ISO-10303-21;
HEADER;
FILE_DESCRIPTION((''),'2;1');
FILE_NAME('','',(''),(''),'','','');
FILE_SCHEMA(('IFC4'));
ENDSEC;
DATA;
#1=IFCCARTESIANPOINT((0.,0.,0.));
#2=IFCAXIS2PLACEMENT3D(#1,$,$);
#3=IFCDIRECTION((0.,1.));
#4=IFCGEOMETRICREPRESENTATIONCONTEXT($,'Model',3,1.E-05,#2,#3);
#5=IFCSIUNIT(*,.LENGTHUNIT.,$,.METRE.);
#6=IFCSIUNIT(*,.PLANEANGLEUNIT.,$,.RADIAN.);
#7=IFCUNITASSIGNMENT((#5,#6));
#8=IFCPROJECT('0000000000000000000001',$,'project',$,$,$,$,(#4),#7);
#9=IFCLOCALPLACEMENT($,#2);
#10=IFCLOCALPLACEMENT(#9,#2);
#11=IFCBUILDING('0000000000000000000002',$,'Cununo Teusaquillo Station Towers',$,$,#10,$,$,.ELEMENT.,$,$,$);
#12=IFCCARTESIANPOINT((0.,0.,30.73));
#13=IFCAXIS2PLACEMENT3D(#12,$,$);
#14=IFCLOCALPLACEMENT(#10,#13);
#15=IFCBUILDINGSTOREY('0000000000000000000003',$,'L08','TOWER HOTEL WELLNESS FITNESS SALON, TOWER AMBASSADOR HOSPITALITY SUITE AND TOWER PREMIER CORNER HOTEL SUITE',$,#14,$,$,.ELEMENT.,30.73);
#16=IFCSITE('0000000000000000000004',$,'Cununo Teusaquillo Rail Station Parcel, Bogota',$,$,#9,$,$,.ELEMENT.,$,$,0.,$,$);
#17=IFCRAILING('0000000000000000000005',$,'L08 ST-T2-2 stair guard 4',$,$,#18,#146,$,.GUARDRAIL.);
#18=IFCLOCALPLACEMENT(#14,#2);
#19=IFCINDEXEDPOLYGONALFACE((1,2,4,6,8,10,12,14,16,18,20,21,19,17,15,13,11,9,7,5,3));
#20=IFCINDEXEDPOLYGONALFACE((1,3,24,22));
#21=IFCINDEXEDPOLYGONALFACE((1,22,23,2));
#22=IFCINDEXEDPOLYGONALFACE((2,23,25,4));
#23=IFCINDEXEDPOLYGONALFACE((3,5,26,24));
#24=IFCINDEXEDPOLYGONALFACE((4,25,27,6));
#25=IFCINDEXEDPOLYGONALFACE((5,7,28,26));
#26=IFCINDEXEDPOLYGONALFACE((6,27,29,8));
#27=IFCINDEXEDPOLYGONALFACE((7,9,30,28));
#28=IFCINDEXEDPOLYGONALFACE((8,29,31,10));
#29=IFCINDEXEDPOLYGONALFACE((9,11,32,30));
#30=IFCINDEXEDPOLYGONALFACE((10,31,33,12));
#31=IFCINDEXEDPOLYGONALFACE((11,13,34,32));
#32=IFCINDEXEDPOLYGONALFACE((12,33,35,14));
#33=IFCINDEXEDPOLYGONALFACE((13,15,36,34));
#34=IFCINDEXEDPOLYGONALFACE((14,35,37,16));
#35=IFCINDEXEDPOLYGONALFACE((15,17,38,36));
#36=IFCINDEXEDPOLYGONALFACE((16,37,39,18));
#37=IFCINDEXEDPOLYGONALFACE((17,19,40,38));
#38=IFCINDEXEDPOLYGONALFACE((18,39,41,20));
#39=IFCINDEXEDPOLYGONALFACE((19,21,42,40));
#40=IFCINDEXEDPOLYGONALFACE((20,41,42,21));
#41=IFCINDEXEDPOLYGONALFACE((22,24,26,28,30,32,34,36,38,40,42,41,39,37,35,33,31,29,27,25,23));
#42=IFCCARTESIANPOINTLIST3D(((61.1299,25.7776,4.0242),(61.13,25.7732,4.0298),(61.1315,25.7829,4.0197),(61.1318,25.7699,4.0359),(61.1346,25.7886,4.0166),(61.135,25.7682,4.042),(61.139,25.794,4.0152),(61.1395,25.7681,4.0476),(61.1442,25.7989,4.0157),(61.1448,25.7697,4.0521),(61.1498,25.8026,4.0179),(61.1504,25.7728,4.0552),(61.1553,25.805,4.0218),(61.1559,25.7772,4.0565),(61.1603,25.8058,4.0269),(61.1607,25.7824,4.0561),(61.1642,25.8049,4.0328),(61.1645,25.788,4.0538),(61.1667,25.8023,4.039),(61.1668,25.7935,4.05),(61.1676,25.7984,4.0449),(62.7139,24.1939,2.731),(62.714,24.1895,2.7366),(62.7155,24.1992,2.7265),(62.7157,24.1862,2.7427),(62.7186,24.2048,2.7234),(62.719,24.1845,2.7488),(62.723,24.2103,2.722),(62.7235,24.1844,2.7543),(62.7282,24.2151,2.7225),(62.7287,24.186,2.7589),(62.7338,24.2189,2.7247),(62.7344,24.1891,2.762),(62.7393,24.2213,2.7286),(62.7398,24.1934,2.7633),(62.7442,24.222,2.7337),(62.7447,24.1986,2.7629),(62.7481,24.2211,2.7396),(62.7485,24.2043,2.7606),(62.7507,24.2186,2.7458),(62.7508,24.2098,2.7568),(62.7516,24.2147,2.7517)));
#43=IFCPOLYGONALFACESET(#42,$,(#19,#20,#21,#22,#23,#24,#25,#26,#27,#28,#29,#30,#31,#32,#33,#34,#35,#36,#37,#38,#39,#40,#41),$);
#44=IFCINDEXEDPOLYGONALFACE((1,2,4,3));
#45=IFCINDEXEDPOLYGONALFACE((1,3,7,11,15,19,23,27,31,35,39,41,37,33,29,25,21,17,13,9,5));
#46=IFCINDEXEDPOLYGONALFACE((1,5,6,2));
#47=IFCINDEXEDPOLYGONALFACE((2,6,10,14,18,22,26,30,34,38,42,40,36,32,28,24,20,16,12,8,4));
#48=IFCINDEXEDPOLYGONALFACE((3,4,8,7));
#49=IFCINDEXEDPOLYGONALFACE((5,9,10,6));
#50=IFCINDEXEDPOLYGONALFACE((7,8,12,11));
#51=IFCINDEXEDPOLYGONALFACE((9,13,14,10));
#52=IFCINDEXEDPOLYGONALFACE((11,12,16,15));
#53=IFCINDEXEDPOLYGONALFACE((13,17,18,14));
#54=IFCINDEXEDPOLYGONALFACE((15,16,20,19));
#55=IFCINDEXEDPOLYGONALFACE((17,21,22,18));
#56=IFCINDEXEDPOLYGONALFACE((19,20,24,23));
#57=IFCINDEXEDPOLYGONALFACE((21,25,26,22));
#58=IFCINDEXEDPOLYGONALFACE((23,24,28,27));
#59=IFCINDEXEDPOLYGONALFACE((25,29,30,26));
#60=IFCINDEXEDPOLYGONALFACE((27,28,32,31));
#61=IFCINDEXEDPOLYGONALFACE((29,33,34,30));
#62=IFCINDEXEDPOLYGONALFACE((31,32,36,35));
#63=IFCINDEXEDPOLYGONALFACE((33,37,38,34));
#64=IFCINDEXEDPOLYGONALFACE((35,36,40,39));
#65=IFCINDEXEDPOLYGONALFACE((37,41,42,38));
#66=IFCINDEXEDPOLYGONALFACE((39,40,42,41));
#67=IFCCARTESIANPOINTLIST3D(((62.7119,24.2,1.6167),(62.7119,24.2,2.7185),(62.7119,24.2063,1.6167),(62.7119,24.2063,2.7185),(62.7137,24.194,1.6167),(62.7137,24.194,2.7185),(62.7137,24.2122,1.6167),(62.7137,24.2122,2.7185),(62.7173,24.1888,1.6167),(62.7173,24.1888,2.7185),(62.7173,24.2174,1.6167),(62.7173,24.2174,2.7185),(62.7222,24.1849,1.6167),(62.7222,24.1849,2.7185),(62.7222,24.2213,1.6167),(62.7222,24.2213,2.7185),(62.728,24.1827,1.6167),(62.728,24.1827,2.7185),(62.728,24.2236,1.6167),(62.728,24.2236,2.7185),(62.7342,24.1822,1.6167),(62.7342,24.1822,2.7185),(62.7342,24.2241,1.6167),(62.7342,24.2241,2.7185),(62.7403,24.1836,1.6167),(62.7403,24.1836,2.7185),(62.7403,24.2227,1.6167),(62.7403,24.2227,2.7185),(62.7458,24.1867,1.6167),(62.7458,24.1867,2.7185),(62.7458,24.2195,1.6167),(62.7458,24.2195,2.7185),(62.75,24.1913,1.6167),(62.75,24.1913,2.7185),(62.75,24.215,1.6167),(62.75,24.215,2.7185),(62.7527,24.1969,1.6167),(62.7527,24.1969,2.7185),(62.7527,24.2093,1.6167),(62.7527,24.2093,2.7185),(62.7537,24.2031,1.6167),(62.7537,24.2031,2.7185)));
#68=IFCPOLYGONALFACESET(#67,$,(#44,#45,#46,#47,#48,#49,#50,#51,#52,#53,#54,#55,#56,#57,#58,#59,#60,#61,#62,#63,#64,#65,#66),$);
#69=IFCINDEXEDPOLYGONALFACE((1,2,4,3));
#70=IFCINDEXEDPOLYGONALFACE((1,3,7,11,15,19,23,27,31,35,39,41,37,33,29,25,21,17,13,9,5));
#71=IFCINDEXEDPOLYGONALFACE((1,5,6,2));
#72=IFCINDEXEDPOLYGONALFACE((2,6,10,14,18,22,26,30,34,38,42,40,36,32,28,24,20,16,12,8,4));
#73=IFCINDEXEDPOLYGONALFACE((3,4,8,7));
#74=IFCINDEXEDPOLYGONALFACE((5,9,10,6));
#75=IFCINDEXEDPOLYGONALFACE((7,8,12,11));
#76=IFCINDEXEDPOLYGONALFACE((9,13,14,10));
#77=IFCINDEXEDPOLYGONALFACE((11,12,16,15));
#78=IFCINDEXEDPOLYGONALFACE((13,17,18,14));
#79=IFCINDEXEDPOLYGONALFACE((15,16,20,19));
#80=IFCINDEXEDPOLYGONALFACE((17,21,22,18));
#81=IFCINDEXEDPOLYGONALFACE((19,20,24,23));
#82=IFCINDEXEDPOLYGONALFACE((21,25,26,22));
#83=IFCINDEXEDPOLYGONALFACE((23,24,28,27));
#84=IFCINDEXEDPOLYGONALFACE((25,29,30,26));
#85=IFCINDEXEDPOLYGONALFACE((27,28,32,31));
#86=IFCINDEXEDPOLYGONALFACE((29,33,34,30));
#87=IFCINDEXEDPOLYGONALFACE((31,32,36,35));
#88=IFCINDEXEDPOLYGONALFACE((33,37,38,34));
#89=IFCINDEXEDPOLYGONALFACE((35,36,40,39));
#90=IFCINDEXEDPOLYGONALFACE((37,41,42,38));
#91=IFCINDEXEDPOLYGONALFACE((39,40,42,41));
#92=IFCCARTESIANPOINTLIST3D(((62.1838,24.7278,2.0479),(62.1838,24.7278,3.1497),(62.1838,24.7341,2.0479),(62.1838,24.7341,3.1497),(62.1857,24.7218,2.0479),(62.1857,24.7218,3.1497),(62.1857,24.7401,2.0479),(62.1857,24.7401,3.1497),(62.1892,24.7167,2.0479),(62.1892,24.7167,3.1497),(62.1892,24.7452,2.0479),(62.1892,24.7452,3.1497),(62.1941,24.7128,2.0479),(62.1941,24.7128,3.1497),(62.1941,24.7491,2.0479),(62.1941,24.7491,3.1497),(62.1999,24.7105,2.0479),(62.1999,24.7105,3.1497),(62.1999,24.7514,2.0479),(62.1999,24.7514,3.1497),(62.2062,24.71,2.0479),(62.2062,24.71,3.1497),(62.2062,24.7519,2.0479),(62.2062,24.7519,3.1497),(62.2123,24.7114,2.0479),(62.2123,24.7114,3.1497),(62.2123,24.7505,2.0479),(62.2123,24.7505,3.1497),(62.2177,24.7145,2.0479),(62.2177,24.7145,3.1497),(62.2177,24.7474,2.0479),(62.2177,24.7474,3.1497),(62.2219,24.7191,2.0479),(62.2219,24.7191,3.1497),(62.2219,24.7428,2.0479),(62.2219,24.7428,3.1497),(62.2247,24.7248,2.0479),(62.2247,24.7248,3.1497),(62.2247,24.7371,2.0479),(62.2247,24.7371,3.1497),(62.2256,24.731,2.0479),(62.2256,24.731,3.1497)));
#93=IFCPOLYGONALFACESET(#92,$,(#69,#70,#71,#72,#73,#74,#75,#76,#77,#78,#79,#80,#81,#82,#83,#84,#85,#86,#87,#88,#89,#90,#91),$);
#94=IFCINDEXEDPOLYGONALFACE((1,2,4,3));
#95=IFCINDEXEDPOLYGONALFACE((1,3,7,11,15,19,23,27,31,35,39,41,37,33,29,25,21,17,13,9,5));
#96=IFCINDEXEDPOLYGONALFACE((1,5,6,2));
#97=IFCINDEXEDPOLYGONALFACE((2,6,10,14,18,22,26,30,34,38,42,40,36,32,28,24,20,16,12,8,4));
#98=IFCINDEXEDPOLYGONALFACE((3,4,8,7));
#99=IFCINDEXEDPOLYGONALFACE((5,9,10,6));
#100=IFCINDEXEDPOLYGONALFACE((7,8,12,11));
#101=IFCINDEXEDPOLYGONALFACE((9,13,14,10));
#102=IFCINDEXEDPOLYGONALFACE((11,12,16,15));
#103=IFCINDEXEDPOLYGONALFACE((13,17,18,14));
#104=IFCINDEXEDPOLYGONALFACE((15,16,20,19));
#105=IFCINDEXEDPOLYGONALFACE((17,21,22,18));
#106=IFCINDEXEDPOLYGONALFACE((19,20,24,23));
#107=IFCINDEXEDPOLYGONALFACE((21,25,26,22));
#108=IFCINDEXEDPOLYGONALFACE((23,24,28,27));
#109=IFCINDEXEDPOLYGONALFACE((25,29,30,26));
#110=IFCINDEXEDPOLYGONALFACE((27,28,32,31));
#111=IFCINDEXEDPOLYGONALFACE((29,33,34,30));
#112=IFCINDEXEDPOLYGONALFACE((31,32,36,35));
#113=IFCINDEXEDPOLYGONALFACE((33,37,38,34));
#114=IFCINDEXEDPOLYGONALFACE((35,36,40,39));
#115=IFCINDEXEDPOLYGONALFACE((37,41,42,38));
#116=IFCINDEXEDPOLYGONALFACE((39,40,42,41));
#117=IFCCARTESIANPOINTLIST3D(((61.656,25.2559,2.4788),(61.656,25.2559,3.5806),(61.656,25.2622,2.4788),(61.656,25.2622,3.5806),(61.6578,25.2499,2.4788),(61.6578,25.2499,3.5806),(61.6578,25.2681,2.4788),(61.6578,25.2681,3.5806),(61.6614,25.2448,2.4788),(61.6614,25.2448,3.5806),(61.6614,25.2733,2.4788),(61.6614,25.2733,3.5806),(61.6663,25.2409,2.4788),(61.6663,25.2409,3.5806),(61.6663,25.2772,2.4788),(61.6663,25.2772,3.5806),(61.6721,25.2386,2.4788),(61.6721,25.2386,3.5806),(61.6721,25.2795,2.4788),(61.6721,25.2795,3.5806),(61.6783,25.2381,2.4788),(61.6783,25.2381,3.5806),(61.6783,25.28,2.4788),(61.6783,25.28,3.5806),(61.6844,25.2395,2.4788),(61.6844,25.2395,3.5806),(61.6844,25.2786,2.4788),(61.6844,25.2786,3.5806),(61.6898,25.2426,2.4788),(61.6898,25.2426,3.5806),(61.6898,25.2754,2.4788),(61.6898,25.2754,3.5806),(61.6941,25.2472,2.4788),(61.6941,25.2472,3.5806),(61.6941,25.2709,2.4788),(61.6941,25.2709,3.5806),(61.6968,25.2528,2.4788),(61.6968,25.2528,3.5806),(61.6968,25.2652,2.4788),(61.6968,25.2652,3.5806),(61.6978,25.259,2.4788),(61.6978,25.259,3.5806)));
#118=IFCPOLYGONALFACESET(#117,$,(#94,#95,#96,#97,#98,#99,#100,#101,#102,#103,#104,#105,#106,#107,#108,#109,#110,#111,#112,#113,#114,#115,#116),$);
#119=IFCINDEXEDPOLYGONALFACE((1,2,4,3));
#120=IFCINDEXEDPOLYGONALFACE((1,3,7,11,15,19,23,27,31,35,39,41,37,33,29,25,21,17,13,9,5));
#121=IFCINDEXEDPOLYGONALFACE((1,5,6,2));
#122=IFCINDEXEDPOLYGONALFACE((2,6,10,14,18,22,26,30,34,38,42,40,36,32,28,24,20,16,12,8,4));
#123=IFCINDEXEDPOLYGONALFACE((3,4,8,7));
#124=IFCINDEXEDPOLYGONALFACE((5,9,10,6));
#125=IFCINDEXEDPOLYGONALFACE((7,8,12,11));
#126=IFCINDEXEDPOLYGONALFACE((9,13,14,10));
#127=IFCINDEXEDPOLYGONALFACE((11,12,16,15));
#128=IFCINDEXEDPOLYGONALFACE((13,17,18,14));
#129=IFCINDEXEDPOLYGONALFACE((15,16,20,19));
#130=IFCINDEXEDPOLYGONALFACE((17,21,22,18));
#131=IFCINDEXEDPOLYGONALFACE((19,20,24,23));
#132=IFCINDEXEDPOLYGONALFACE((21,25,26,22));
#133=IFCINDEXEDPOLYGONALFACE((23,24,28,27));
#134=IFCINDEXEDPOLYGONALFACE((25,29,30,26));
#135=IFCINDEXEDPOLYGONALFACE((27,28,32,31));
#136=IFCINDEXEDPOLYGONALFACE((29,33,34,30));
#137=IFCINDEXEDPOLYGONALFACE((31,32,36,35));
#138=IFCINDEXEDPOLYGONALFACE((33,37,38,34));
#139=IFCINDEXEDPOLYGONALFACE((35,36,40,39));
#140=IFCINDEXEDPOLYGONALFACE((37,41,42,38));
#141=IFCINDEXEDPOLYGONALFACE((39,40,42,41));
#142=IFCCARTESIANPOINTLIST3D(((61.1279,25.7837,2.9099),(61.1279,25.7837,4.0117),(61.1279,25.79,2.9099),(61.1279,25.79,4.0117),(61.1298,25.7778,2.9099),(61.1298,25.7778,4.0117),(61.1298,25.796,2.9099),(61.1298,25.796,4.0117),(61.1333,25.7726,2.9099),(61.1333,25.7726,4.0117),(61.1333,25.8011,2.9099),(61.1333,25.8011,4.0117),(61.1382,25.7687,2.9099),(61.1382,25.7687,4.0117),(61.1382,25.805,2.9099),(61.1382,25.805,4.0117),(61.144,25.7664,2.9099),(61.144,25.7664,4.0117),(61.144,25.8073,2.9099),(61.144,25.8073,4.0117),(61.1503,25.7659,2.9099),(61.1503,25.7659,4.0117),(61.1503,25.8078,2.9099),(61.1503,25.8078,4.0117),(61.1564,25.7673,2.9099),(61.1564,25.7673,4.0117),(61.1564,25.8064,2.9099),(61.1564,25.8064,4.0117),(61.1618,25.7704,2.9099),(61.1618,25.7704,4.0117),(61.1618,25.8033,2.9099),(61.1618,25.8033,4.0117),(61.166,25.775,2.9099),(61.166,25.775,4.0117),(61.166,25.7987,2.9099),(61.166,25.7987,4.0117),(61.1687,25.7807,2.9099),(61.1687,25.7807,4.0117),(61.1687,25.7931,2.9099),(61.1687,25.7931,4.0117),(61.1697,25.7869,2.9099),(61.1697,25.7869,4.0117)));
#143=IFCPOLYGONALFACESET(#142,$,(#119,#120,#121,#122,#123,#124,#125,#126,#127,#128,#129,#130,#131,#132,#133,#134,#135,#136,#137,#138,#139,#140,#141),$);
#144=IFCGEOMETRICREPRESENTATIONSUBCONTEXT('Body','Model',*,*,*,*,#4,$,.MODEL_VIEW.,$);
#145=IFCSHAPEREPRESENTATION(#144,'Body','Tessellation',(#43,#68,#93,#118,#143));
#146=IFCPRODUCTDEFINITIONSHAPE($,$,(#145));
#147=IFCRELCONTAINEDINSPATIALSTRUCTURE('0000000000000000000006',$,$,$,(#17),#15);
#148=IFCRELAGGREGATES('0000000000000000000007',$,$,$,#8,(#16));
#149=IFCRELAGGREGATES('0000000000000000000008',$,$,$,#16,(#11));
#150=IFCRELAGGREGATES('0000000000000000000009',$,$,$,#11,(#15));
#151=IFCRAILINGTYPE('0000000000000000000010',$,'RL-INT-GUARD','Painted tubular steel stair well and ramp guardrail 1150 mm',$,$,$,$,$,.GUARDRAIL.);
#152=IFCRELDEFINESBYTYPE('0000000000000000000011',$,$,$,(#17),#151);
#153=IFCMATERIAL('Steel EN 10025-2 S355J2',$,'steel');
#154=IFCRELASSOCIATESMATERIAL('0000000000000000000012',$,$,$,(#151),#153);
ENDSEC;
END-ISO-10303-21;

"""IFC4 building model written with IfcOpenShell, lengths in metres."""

from ifc_helpers import new_model, si_unit, direction, frame, origin, origin_2d, place, context, subcontext, project, spatial, circle, extrude, material, type_object, element, save


model = new_model("IFC4")

# Units and contexts
model_context = context("Model", 3, precision=1e-05, world=origin(), true_north=direction((0.0, 1.0)))
body_context = subcontext(model_context, "Body", "Model", "MODEL_VIEW")
ifc_project = project(units=[si_unit("LENGTHUNIT", "METRE"), si_unit("PLANEANGLEUNIT", "RADIAN")], contexts=[model_context])

# Site, building, storey
site_placement = place(None, origin())
site = spatial("IfcSite", under=ifc_project, at=site_placement, Name="Cununo Teusaquillo Rail Station Parcel, Bogota", CompositionType="ELEMENT", RefElevation=0.0)
building_placement = place(site_placement, origin())
building = spatial("IfcBuilding", under=site, at=building_placement, Name="Cununo Teusaquillo Station Towers", CompositionType="ELEMENT")
storey_placement = place(building_placement, frame((0.0, 0.0, 30.73)))
storey = spatial("IfcBuildingStorey", under=building, at=storey_placement, Name="L08", Description="TOWER HOTEL WELLNESS FITNESS SALON, TOWER AMBASSADOR HOSPITALITY SUITE AND TOWER PREMIER CORNER HOTEL SUITE", CompositionType="ELEMENT", Elevation=30.73)

# Railing
ifc_material_1 = material(Name="Steel EN 10025-2 S355J2", Category="steel")
railing_type_1 = type_object("IfcRailingType", Name="RL-INT-GUARD", Description="Painted tubular steel stair well and ramp guardrail 1150 mm", PredefinedType="GUARDRAIL", material=ifc_material_1)
railing_1_placement = place(storey_placement, frame((62.7327, 24.2031, 1.6167)))
element("IfcRailing", 1, at=railing_1_placement, inside=storey, type_object=railing_type_1, Name="L08 ST-T2-2 stair guard 4", PredefinedType="GUARDRAIL", context=body_context, shape_type="SweptSolid", body=[
    extrude(circle(Radius=0.0239, at=origin_2d()), frame((0.0, 0.0, 1.126), z_axis=(-0.61242, 0.612326, 0.499998), x_axis=(-0.707052, -0.707161, 0.0)), (0.0, 0.0, 1.0), 2.5864),
    extrude(circle(Radius=0.021, at=origin_2d()), origin(), (0.0, 0.0, 1.0), 1.1018),
    extrude(circle(Radius=0.021, at=origin_2d()), frame((-0.5281, 0.5278, 0.4312)), (0.0, 0.0, 1.0), 1.1018),
    extrude(circle(Radius=0.021, at=origin_2d()), frame((-1.0559, 1.0559, 0.8621)), (0.0, 0.0, 1.0), 1.1018),
    extrude(circle(Radius=0.021, at=origin_2d()), frame((-1.584, 1.5837, 1.2932)), (0.0, 0.0, 1.0), 1.1018),
])

save(model, "model.ifc")
